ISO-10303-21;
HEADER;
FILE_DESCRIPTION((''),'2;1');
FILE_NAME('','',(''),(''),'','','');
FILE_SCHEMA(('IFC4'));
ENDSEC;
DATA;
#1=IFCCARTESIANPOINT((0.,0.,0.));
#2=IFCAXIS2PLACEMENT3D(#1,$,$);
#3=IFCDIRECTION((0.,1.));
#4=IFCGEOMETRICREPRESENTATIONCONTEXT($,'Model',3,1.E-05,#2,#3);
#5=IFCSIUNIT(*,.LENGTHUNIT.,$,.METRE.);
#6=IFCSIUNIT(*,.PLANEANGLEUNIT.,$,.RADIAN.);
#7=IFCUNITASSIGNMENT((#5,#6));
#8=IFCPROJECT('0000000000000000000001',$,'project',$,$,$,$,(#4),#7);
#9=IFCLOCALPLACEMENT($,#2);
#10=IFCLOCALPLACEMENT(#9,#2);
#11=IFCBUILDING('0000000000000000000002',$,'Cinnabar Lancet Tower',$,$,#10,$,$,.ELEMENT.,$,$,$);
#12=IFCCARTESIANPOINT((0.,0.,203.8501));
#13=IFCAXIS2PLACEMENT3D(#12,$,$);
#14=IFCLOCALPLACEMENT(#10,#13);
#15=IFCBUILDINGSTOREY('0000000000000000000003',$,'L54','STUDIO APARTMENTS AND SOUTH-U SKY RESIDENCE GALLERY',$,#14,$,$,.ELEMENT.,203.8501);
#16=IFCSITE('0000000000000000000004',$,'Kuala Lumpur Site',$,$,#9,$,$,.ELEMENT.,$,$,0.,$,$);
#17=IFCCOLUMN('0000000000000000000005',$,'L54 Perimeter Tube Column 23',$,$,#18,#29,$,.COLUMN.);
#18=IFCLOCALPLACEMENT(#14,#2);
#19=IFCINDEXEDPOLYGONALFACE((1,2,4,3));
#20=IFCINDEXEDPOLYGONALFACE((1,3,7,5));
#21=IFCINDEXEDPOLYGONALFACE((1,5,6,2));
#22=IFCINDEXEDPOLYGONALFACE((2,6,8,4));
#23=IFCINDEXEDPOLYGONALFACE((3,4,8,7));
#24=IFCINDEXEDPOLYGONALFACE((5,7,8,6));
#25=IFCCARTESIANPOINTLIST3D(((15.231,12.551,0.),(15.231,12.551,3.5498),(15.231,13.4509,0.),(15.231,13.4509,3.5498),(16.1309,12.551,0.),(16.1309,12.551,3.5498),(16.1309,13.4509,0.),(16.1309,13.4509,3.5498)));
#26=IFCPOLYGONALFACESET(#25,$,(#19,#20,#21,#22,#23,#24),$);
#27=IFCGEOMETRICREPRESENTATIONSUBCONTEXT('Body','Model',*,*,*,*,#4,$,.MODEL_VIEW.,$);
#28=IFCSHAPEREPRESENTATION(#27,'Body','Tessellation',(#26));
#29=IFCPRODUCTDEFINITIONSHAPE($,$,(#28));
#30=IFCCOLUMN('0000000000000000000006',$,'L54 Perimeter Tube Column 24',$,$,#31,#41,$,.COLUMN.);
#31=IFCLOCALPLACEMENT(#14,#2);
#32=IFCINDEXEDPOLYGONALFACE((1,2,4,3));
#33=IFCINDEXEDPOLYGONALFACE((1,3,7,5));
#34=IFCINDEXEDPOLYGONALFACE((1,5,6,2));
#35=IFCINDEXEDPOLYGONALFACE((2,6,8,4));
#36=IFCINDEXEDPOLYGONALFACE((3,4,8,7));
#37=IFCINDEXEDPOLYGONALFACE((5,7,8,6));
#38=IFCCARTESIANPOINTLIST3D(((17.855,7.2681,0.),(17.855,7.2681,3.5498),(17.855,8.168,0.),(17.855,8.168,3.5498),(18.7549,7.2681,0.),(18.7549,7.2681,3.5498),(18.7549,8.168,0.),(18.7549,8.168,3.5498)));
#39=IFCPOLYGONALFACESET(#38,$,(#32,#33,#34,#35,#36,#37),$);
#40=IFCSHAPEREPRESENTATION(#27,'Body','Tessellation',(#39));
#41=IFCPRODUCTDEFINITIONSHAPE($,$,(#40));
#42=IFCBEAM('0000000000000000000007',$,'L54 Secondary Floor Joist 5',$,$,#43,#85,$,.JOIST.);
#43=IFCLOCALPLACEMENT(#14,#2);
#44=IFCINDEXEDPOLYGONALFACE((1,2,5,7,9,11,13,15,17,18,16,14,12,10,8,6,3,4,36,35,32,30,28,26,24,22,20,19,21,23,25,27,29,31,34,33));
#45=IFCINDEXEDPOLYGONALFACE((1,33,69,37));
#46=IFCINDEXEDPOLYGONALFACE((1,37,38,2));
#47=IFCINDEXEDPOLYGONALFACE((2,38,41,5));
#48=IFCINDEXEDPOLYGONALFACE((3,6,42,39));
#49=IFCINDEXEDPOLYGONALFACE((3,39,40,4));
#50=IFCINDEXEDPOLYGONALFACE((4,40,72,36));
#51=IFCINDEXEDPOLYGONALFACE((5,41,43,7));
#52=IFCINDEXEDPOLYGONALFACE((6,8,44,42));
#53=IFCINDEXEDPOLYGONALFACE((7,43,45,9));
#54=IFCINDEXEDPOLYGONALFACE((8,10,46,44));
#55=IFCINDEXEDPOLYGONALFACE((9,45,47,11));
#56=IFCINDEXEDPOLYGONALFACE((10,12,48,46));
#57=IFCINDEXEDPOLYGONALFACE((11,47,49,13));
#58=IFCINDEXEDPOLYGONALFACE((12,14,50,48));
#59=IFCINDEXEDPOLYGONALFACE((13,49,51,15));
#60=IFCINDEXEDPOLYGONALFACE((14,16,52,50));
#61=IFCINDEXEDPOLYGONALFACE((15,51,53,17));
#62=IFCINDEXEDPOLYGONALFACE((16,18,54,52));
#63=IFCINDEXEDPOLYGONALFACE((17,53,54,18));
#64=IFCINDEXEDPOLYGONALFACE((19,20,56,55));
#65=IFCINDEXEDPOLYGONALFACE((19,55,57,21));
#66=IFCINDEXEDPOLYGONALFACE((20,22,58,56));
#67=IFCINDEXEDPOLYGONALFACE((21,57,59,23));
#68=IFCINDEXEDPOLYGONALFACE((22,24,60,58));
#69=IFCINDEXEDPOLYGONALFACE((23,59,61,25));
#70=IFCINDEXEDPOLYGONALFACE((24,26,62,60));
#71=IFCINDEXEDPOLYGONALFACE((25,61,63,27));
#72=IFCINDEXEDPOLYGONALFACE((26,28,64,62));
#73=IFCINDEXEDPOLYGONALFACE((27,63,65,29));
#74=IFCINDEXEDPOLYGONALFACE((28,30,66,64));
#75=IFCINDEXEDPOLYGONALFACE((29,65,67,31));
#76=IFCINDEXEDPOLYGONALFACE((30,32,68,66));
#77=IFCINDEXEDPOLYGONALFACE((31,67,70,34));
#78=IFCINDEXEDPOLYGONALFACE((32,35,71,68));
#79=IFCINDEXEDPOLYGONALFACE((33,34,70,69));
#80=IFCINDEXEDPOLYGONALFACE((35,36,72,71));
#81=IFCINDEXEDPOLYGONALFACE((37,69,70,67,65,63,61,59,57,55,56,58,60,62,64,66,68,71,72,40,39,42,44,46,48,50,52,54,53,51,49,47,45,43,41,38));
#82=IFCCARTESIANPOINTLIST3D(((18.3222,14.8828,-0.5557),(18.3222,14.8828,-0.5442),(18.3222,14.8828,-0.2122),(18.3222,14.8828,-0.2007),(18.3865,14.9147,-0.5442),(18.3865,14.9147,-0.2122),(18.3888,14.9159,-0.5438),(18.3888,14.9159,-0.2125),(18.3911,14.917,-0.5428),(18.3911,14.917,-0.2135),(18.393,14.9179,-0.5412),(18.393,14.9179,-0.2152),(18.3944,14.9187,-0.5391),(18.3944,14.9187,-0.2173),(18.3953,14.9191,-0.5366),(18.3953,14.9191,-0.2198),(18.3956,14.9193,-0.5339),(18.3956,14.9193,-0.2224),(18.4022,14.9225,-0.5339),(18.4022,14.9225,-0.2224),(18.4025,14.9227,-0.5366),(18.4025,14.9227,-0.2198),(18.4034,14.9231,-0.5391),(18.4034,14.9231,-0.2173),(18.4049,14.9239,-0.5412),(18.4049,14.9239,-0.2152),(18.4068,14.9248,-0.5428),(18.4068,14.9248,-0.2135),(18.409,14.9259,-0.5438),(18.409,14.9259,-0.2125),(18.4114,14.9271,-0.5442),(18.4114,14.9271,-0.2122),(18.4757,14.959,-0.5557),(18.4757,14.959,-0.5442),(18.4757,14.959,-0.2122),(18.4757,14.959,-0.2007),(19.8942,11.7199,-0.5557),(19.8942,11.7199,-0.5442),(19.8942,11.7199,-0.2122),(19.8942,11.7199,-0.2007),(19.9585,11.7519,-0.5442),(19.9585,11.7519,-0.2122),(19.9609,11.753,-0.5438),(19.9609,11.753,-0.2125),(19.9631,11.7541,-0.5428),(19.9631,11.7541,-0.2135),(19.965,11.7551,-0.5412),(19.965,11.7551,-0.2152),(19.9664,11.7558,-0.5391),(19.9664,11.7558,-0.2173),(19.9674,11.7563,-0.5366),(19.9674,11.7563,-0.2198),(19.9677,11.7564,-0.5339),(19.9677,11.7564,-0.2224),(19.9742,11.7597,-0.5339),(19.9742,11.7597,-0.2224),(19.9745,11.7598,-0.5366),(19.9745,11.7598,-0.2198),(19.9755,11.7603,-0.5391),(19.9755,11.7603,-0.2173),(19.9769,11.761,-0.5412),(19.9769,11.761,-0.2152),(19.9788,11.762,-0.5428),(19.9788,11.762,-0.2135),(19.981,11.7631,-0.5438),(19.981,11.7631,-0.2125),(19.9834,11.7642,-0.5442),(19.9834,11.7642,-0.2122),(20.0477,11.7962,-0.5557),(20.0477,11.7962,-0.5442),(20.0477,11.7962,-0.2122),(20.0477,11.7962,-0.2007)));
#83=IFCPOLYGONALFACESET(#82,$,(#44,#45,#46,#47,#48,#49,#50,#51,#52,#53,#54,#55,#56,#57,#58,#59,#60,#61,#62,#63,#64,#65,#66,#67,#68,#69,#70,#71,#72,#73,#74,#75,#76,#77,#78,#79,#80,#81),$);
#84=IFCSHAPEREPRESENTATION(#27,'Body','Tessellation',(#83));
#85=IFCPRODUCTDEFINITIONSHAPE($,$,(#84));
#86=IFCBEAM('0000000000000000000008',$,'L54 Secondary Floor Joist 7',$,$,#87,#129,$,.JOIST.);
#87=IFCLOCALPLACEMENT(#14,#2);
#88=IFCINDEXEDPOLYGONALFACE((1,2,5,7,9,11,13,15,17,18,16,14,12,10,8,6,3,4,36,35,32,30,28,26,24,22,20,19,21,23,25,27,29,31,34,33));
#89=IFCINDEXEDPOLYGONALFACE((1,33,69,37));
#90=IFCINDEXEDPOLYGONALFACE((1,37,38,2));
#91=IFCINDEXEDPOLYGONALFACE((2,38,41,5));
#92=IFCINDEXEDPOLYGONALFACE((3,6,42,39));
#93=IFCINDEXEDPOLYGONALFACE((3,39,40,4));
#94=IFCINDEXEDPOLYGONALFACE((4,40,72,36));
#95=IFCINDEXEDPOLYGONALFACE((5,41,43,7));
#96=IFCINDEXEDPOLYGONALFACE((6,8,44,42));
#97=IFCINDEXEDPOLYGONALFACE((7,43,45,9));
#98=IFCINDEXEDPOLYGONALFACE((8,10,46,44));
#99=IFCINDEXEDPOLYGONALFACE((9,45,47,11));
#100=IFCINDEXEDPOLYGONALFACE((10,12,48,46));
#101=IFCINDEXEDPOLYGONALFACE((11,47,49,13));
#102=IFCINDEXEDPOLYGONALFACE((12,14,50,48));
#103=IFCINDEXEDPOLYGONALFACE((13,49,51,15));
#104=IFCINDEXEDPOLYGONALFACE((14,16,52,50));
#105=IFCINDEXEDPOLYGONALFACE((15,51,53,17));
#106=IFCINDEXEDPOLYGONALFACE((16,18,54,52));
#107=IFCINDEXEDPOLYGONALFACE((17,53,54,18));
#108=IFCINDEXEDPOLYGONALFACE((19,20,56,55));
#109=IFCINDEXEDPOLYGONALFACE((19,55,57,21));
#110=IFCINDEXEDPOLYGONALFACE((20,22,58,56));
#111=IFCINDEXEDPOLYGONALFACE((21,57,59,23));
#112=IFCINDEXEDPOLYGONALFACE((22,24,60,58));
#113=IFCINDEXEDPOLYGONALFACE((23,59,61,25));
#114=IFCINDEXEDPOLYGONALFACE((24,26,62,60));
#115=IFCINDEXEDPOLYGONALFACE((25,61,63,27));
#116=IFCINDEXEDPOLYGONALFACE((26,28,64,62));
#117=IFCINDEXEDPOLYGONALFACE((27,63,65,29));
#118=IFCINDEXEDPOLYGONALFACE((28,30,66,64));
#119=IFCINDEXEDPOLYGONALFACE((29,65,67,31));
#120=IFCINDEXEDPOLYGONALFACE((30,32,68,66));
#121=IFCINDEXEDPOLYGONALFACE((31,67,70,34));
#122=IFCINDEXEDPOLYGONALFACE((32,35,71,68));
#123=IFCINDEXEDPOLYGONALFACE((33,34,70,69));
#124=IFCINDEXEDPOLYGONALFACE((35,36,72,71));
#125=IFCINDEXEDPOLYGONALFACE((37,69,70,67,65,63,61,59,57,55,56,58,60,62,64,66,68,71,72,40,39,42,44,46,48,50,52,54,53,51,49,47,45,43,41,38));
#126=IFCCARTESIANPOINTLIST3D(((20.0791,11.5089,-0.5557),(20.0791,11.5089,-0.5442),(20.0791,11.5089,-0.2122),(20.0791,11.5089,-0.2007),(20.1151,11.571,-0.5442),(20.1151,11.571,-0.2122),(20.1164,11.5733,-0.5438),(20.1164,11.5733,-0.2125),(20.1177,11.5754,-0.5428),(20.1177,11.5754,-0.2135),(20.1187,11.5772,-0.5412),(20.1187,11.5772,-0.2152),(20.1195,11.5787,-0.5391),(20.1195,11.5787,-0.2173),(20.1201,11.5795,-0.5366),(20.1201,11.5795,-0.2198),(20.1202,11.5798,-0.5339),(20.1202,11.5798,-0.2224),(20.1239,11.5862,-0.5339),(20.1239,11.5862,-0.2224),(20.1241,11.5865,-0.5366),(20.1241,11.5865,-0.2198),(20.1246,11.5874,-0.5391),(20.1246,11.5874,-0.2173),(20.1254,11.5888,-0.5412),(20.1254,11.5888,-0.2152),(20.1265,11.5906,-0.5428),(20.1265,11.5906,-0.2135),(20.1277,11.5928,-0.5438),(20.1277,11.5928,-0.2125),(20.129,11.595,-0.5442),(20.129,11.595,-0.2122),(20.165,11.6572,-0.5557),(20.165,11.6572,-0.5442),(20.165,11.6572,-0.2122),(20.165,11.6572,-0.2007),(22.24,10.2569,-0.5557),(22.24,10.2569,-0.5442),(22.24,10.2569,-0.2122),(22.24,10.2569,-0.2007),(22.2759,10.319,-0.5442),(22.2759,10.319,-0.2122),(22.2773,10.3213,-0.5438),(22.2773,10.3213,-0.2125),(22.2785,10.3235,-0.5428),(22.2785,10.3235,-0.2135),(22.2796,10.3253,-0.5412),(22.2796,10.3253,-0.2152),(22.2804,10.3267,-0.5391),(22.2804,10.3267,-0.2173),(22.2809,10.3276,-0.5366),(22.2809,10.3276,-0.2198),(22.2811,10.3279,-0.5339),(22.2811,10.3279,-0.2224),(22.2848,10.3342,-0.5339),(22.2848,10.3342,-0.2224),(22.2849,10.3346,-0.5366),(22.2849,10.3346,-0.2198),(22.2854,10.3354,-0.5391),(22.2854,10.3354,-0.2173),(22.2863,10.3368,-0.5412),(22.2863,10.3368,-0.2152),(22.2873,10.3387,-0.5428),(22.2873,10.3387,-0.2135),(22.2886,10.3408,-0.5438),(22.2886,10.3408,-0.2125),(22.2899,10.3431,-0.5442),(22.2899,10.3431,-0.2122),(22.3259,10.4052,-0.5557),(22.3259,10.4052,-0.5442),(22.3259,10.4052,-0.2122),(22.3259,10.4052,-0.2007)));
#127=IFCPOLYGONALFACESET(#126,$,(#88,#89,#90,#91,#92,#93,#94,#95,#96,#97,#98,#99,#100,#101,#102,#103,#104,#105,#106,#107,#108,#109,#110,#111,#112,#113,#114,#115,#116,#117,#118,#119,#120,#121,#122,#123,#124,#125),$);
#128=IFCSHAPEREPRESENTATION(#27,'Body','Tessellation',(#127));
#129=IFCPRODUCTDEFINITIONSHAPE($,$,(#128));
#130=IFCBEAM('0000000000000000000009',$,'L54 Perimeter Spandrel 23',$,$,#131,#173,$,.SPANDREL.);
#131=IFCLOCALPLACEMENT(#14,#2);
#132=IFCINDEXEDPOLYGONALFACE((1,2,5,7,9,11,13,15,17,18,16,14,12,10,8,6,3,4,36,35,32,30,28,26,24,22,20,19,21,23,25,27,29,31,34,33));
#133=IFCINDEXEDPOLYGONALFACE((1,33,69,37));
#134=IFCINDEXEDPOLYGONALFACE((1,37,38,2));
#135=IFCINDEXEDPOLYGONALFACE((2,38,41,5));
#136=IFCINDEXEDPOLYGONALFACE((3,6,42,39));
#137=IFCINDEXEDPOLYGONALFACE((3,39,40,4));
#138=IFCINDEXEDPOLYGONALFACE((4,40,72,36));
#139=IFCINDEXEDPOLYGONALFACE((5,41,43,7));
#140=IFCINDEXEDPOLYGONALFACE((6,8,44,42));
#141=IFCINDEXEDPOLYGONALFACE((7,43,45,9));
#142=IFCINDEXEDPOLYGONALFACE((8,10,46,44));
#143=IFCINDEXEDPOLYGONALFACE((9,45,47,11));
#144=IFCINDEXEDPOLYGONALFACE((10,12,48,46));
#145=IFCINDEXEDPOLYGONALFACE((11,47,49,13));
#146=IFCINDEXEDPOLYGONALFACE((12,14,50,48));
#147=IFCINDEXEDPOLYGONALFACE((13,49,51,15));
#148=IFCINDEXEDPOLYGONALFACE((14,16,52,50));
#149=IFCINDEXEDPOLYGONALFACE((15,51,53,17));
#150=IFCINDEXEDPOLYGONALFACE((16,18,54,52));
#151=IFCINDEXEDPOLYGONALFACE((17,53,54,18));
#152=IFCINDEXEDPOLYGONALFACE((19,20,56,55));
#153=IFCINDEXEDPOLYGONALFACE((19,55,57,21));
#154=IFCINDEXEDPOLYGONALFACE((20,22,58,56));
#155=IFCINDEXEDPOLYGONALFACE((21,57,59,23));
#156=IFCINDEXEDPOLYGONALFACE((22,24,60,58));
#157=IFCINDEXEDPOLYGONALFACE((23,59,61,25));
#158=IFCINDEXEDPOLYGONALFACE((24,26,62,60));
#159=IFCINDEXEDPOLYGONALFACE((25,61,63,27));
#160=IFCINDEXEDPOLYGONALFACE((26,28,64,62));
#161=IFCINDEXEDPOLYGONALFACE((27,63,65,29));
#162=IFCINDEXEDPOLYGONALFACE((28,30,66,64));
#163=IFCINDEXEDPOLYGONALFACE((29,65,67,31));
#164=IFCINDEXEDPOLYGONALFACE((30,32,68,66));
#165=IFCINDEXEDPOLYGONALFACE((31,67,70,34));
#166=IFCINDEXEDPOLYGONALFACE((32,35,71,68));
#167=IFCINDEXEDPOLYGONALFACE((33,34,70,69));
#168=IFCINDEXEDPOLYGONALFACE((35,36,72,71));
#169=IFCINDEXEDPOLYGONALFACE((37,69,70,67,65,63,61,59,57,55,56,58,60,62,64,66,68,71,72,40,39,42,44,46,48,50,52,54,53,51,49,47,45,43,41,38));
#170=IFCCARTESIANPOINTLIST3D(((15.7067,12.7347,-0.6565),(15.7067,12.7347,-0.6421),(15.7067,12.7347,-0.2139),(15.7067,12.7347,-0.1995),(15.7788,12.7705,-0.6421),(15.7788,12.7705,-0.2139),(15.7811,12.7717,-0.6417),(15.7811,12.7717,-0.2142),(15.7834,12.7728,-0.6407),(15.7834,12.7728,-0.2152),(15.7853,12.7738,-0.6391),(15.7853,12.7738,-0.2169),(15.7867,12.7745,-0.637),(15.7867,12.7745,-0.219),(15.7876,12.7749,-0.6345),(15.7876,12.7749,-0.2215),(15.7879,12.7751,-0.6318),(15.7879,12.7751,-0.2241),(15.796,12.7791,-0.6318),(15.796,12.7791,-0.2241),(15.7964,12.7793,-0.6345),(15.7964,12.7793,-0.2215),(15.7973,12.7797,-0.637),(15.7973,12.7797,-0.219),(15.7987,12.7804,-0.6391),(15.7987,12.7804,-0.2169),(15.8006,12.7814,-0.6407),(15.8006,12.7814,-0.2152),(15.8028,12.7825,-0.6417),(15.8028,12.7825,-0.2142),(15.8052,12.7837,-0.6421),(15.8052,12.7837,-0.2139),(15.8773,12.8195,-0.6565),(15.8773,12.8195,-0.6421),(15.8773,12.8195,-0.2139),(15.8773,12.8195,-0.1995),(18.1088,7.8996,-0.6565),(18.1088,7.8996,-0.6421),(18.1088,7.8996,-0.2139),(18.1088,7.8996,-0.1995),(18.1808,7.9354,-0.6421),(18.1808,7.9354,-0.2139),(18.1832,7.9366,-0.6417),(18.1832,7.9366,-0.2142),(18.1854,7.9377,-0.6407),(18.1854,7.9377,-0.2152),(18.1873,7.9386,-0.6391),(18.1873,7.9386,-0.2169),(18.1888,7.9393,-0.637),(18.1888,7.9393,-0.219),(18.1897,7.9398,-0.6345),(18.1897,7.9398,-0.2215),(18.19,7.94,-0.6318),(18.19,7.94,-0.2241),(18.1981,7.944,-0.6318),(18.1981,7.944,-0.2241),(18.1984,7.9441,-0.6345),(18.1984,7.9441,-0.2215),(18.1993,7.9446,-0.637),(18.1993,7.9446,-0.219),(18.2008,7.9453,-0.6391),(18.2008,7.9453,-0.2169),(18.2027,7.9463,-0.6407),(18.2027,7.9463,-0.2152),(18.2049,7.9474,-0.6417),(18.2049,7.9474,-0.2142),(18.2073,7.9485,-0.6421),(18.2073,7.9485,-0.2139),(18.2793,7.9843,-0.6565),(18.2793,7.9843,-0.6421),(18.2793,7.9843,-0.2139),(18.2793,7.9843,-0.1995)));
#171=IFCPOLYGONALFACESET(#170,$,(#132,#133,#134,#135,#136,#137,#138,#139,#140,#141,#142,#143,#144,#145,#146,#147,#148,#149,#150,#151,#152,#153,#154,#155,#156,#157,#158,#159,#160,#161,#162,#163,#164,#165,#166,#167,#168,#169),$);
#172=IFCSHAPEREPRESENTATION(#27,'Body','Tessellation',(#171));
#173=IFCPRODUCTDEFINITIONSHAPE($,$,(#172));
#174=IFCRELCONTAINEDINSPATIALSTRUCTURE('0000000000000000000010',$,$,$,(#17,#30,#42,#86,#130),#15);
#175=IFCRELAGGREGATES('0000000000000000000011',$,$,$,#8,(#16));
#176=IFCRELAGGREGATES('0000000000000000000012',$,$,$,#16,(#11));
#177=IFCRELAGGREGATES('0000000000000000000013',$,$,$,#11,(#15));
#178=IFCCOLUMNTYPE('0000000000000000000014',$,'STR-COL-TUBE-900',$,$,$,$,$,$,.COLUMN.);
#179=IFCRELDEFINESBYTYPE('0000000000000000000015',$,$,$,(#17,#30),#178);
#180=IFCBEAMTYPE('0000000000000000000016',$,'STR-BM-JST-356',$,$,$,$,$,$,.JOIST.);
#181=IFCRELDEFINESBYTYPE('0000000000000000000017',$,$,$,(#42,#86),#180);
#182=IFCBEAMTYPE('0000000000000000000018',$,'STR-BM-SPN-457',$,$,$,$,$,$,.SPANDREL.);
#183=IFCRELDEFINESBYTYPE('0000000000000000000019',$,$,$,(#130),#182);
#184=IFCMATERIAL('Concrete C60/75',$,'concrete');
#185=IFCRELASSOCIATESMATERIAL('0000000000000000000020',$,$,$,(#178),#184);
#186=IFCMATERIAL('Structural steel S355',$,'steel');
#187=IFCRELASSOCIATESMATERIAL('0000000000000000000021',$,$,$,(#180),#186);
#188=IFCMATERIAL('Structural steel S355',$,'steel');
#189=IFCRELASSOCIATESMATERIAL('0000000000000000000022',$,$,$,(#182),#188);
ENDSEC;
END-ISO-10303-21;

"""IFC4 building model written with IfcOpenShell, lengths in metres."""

from ifc_helpers import new_model, si_unit, direction, frame, origin, origin_2d, place, context, subcontext, project, spatial, rectangle, i_section, extrude, material, material_profile, profile_set, type_object, element, save


model = new_model("IFC4")

# Units and contexts
model_context = context("Model", 3, precision=1e-05, world=origin(), true_north=direction((0.0, 1.0)))
body_context = subcontext(model_context, "Body", "Model", "MODEL_VIEW")
ifc_project = project(units=[si_unit("LENGTHUNIT", "METRE"), si_unit("PLANEANGLEUNIT", "RADIAN")], contexts=[model_context])

# Site, building, storey
site_placement = place(None, origin())
site = spatial("IfcSite", under=ifc_project, at=site_placement, Name="Kuala Lumpur Site", CompositionType="ELEMENT", RefElevation=0.0)
building_placement = place(site_placement, origin())
building = spatial("IfcBuilding", under=site, at=building_placement, Name="Cinnabar Lancet Tower", CompositionType="ELEMENT")
storey_placement = place(building_placement, frame((0.0, 0.0, 203.8501)))
storey = spatial("IfcBuildingStorey", under=building, at=storey_placement, Name="L54", Description="STUDIO APARTMENTS AND SOUTH-U SKY RESIDENCE GALLERY", CompositionType="ELEMENT", Elevation=203.8501)

# Columns
ifc_material_1 = material(Name="Concrete C60/75", Category="concrete")
ifc_material_profile_1 = material_profile(ifc_material_1, rectangle(XDim=0.8999, YDim=0.8999, at=origin_2d()), Name="RC-COL 900x900")
ifc_profile_set_1 = profile_set([ifc_material_profile_1], Name="Concrete C60/75")
column_type = type_object("IfcColumnType", Name="STR-COL-TUBE-900", PredefinedType="COLUMN", material=ifc_profile_set_1)
for number, where, z_axis, x_axis, name in (
    (1, (15.6809, 13.001, 0.0), (0.0, 0.0, 1.0), (1.0, 0.0, 0.0), "L54 Perimeter Tube Column 23"),
    (2, (18.3049, 7.718, 0.0), (0.0, 0.0, 1.0), (1.0, 0.0, 0.0), "L54 Perimeter Tube Column 24"),
):
    element("IfcColumn", number, at=place(storey_placement, frame(where, z_axis=z_axis, x_axis=x_axis)), inside=storey, type_object=column_type, Name=name, PredefinedType="COLUMN", context=body_context, shape_type="SweptSolid", body=[
        extrude(rectangle(XDim=0.8999, YDim=0.8999, at=origin_2d()), origin(), (0.0, 0.0, 1.0), 3.5498),
    ])

# Beams
ifc_material_2 = material(Name="Structural steel S355", Category="steel")
ifc_material_profile_2 = material_profile(ifc_material_2, i_section(OverallWidth=0.1714, OverallDepth=0.355, WebThickness=0.0073, FlangeThickness=0.0115, FilletRadius=0.0103, at=origin_2d()), Name="UKB 356x171x51")
ifc_profile_set_2 = profile_set([ifc_material_profile_2], Name="Structural steel S355")
beam_type_1 = type_object("IfcBeamType", Name="STR-BM-JST-356", PredefinedType="JOIST", material=ifc_profile_set_2)
beam_1_placement = place(storey_placement, frame((18.3989, 14.9209, -0.3782), z_axis=(0.445083, -0.895489, 0.0), x_axis=(0.895489, 0.445083, 0.0)))
element("IfcBeam", 3, at=beam_1_placement, inside=storey, type_object=beam_type_1, Name="L54 Secondary Floor Joist 5", PredefinedType="JOIST", context=body_context, shape_type="SweptSolid", body=[
    extrude(i_section(OverallWidth=0.1714, OverallDepth=0.355, WebThickness=0.0073, FlangeThickness=0.0115, FilletRadius=0.0103, at=origin_2d()), origin(), (0.0, 0.0, 1.0), 3.532),
])
beam_2_placement = place(storey_placement, frame((20.1221, 11.583, -0.3782), z_axis=(0.865268, -0.50131, 0.0), x_axis=(0.50131, 0.865268, 0.0)))
element("IfcBeam", 4, at=beam_2_placement, inside=storey, type_object=beam_type_1, Name="L54 Secondary Floor Joist 7", PredefinedType="JOIST", context=body_context, shape_type="SweptSolid", body=[
    extrude(i_section(OverallWidth=0.1714, OverallDepth=0.355, WebThickness=0.0073, FlangeThickness=0.0115, FilletRadius=0.0103, at=origin_2d()), origin(), (0.0, 0.0, 1.0), 2.4973),
])
ifc_material_3 = material(Name="Structural steel S355", Category="steel")
ifc_material_profile_3 = material_profile(ifc_material_3, i_section(OverallWidth=0.1904, OverallDepth=0.457, WebThickness=0.009, FlangeThickness=0.0144, FilletRadius=0.0103, at=origin_2d()), Name="UKB 457x191x74")
ifc_profile_set_3 = profile_set([ifc_material_profile_3], Name="Structural steel S355")
beam_type_2 = type_object("IfcBeamType", Name="STR-BM-SPN-457", PredefinedType="SPANDREL", material=ifc_profile_set_3)
beam_3_placement = place(storey_placement, frame((15.792, 12.7771, -0.428), z_axis=(0.444915, -0.895573, 0.0), x_axis=(0.895573, 0.444915, 0.0)))
element("IfcBeam", 5, at=beam_3_placement, inside=storey, type_object=beam_type_2, Name="L54 Perimeter Spandrel 23", PredefinedType="SPANDREL", context=body_context, shape_type="SweptSolid", body=[
    extrude(i_section(OverallWidth=0.1904, OverallDepth=0.457, WebThickness=0.009, FlangeThickness=0.0144, FilletRadius=0.0103, at=origin_2d()), origin(), (0.0, 0.0, 1.0), 5.3989),
])

save(model, "model.ifc")
